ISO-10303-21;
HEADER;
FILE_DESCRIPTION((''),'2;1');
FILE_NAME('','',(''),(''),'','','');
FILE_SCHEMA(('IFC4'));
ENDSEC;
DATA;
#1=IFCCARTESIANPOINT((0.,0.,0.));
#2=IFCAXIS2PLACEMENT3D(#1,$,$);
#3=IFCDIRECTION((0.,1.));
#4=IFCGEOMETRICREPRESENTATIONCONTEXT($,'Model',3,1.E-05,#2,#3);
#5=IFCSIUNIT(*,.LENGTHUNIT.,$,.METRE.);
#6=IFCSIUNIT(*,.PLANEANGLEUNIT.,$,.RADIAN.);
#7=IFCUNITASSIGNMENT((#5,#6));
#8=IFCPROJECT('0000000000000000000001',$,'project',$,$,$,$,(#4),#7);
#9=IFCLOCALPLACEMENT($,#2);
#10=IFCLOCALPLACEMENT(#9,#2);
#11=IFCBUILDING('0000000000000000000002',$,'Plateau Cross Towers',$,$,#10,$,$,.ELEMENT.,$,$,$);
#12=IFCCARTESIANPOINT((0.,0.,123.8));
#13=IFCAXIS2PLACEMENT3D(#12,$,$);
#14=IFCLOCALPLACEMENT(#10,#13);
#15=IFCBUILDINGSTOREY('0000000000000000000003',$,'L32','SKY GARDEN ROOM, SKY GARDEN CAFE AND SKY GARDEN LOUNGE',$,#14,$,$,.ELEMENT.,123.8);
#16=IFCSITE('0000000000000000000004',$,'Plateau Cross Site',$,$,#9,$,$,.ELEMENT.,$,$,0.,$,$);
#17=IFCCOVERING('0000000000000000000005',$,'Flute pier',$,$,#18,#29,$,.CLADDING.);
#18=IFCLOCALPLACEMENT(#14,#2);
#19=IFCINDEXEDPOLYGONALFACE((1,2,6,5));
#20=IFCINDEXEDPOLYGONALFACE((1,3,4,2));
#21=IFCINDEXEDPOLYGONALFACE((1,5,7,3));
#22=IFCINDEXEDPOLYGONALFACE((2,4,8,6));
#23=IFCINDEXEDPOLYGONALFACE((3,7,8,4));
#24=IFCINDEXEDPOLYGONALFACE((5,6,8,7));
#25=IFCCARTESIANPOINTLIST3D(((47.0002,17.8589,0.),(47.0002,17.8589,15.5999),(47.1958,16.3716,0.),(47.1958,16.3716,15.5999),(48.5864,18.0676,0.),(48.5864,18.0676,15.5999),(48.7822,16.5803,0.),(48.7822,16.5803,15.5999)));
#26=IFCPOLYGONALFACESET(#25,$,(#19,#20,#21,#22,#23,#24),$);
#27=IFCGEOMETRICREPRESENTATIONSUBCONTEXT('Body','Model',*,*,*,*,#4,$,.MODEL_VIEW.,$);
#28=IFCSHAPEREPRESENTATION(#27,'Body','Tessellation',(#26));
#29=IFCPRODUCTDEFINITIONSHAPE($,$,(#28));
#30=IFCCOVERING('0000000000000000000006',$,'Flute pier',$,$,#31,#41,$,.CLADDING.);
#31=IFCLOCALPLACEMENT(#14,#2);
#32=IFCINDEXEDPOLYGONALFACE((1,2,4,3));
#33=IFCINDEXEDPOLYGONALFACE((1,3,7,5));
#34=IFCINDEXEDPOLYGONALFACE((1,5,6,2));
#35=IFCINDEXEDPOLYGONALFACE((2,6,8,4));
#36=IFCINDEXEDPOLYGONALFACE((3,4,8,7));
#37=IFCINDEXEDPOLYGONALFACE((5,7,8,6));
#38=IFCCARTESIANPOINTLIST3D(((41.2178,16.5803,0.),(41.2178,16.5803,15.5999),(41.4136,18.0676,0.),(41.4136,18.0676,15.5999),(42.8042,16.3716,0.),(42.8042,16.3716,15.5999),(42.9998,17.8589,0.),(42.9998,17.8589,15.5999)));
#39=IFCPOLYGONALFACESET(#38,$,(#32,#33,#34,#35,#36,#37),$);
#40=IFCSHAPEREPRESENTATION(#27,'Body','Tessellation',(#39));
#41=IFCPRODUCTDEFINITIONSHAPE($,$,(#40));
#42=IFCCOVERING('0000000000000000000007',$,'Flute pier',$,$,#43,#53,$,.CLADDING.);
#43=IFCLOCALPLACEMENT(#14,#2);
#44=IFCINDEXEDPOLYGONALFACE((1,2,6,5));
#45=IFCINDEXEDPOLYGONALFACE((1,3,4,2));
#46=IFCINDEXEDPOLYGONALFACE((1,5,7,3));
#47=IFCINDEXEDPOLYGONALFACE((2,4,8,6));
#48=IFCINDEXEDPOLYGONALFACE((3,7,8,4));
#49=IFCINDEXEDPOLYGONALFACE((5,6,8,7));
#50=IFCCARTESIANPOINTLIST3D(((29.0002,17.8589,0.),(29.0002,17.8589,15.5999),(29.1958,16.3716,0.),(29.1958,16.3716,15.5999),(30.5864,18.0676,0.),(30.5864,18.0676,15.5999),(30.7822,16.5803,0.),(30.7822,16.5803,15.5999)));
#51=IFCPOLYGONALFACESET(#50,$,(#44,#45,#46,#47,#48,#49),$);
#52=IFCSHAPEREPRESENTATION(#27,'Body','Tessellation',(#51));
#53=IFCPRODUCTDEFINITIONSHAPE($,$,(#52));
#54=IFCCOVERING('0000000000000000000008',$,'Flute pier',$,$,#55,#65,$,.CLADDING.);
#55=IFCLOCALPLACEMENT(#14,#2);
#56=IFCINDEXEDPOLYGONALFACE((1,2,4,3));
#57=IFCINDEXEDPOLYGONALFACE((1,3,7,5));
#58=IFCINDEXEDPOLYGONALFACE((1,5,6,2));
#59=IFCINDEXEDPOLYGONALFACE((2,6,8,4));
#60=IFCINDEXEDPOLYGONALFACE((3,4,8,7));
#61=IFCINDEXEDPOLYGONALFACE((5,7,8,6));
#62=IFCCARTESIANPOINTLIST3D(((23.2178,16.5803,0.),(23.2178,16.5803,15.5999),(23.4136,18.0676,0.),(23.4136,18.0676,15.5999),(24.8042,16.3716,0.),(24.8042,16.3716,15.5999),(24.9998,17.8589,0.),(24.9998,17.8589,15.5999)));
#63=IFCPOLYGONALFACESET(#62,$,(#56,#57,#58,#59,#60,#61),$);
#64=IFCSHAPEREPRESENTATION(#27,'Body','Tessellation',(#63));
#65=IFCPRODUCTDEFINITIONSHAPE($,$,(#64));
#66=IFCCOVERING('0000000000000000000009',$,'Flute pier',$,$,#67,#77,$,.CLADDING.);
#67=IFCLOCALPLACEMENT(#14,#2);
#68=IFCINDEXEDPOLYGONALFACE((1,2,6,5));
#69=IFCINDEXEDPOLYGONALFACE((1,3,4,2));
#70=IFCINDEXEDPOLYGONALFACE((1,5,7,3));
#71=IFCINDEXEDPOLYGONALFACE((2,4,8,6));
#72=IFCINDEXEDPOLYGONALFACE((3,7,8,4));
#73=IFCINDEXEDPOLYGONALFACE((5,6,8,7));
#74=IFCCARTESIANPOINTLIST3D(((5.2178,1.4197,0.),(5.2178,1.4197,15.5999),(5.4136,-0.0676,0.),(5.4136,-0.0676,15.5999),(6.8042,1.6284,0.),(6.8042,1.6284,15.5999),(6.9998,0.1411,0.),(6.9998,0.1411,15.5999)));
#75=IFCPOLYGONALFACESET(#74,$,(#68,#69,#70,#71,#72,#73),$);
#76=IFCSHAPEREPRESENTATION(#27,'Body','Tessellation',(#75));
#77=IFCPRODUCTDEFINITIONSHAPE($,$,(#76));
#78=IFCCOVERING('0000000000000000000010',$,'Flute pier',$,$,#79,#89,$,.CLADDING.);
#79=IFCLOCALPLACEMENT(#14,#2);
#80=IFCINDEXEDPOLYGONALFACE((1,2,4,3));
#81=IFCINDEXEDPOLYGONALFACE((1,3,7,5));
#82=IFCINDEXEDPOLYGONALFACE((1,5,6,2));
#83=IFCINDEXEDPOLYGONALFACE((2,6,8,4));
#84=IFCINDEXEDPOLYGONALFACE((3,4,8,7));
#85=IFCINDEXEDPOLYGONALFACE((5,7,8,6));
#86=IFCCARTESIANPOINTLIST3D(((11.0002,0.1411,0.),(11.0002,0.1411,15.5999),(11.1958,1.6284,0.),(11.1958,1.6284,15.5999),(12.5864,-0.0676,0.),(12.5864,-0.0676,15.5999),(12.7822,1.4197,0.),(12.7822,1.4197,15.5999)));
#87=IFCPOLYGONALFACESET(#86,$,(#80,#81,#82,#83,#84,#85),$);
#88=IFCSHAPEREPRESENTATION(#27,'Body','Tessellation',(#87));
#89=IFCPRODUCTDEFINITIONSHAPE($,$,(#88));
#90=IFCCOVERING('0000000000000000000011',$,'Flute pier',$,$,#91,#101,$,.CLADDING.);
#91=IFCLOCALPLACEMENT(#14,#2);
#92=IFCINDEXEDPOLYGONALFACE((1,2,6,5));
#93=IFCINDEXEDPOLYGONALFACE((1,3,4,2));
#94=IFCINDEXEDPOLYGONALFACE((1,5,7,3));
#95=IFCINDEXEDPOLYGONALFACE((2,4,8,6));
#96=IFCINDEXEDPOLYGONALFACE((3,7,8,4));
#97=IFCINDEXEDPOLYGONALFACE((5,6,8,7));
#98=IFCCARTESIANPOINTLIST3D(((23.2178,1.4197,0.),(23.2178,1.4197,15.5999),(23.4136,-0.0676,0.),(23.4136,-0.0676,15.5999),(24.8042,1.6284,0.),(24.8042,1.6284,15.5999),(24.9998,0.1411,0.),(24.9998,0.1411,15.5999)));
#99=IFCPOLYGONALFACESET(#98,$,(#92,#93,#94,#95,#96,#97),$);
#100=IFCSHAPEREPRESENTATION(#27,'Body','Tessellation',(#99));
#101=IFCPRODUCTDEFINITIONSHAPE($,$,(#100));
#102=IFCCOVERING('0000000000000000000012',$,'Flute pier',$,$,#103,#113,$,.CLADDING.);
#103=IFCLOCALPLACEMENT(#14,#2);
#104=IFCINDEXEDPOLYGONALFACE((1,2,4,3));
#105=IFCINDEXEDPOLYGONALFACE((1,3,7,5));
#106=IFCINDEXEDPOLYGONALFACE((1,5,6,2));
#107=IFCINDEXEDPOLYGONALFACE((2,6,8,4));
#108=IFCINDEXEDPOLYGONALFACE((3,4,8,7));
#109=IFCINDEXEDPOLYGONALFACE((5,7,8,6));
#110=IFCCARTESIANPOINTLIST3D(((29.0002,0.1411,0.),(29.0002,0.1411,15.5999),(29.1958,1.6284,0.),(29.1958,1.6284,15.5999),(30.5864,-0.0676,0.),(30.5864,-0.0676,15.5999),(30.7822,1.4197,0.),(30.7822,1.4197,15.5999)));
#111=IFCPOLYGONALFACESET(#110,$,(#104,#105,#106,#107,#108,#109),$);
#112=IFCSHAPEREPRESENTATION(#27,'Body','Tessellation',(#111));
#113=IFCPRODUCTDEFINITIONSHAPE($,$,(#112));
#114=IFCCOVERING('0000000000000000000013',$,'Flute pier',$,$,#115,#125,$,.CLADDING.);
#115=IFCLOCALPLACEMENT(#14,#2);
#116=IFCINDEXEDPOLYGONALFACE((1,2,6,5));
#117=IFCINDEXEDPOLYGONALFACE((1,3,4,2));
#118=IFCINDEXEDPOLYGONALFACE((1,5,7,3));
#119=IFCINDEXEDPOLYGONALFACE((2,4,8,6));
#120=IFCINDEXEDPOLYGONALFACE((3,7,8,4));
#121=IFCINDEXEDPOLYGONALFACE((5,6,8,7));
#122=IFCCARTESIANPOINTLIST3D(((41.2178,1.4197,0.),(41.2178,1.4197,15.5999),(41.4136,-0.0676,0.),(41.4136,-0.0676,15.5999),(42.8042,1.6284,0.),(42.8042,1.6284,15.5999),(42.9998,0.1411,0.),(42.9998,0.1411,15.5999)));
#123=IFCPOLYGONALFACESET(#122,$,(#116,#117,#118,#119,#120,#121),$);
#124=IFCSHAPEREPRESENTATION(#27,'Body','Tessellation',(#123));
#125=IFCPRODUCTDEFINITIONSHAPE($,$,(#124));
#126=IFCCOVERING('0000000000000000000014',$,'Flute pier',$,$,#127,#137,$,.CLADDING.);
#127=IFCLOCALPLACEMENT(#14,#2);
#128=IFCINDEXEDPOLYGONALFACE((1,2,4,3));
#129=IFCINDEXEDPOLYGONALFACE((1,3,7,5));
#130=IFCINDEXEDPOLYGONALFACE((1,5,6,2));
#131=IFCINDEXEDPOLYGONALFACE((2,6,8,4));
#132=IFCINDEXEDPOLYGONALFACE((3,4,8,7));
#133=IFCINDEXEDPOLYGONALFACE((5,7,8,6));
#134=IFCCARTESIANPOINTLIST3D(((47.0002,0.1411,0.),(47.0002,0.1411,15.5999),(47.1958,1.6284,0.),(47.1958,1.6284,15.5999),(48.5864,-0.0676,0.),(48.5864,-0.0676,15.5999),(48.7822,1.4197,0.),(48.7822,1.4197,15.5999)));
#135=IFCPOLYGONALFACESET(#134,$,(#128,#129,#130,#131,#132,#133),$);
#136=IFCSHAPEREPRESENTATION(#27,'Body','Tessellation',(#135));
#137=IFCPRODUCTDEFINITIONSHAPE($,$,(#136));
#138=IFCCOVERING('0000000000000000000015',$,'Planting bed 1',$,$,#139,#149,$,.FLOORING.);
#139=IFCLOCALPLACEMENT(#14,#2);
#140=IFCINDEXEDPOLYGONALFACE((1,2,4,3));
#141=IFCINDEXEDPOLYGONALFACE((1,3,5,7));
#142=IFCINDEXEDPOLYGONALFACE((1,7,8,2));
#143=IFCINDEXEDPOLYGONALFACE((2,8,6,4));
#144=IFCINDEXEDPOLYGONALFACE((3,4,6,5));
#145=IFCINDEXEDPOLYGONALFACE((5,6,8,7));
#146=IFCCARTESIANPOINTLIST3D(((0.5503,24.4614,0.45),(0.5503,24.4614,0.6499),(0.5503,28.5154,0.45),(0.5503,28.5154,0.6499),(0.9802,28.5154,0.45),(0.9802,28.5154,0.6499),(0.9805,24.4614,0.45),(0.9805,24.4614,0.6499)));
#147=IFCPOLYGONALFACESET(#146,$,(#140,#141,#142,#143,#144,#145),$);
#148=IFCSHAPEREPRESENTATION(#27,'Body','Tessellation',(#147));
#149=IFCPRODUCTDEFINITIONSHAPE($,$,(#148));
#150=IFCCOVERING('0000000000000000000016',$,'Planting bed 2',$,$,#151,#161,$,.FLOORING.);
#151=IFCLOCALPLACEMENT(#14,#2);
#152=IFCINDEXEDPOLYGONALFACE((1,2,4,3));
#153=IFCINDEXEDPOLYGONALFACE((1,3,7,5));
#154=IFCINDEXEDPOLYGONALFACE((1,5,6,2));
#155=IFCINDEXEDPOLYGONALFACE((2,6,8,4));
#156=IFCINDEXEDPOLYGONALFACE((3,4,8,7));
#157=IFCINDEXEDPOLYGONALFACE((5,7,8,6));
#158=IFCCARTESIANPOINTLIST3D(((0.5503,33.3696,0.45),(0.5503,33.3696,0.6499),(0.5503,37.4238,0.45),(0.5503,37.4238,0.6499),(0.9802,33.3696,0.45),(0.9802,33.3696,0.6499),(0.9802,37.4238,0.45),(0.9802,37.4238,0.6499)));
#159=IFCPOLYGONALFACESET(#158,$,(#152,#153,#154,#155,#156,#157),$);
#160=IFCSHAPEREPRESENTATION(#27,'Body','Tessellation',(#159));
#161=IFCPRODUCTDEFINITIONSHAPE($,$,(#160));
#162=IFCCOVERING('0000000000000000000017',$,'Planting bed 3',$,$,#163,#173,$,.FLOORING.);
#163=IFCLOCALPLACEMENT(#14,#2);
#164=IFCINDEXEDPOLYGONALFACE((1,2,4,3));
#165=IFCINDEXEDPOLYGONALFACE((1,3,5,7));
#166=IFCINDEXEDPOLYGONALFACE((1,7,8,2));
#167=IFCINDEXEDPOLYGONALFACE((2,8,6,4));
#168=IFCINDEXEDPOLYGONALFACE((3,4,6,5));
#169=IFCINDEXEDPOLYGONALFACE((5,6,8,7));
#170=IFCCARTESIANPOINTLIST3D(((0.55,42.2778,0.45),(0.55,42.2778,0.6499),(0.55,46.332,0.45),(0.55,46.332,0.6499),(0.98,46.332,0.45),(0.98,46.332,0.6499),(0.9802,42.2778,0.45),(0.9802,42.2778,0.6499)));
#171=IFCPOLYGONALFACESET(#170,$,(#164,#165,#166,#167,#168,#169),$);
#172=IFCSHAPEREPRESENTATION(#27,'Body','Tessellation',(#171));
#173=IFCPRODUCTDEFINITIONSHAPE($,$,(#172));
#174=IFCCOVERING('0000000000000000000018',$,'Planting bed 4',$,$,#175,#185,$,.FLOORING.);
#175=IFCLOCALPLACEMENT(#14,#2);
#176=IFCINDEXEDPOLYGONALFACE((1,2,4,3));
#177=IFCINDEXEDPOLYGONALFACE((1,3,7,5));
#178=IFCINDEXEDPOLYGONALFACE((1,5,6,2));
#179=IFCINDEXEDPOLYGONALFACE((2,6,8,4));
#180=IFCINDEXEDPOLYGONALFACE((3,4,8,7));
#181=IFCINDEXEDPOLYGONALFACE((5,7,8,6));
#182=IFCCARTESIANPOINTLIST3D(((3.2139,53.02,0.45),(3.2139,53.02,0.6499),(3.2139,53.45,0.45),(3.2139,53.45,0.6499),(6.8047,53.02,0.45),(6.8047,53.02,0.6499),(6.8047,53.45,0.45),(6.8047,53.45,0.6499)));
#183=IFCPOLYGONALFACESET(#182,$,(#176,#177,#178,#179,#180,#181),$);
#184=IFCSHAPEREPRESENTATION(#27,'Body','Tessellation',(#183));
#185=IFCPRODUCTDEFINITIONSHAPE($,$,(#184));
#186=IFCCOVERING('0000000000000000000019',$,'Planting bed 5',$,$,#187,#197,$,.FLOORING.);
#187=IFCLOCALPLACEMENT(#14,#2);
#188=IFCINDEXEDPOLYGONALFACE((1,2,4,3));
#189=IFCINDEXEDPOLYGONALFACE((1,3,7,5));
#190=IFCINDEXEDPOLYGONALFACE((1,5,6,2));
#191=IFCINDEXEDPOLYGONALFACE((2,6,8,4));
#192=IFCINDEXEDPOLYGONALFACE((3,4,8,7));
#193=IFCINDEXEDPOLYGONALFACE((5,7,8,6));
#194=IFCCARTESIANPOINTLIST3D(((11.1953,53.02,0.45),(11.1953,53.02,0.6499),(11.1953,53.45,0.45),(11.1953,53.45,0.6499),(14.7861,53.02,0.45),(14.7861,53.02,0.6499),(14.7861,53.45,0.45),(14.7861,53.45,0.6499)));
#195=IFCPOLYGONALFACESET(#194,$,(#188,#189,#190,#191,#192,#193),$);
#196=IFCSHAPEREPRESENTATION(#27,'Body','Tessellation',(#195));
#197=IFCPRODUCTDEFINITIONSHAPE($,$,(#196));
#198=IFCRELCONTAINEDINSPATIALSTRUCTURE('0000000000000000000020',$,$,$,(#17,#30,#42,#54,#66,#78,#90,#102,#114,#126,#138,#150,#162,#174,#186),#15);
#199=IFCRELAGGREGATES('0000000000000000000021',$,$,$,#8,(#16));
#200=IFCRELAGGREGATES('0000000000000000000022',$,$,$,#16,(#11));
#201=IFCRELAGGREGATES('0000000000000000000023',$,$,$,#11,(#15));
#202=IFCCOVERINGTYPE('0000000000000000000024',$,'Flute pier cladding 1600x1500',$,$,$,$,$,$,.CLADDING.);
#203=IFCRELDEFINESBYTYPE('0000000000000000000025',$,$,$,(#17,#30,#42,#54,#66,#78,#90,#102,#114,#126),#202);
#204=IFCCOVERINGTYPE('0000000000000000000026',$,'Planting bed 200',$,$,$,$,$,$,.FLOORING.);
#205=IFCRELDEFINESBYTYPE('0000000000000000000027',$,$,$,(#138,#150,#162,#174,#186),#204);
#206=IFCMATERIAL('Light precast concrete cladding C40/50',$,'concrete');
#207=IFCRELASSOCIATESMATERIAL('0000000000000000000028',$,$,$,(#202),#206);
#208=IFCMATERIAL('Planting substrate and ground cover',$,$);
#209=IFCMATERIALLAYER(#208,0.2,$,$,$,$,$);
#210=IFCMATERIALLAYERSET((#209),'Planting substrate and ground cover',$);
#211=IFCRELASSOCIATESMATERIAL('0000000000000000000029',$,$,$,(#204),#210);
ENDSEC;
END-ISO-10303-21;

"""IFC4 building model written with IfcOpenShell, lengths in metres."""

from ifc_helpers import new_model, si_unit, direction, frame, origin, place, context, subcontext, project, spatial, polyline, outline, extrude, material, layer, layer_set, type_object, element, save


model = new_model("IFC4")

# Units and contexts
model_context = context("Model", 3, precision=1e-05, world=origin(), true_north=direction((0.0, 1.0)))
body_context = subcontext(model_context, "Body", "Model", "MODEL_VIEW")
ifc_project = project(units=[si_unit("LENGTHUNIT", "METRE"), si_unit("PLANEANGLEUNIT", "RADIAN")], contexts=[model_context])

# Site, building, storey
site_placement = place(None, origin())
site = spatial("IfcSite", under=ifc_project, at=site_placement, Name="Plateau Cross Site", CompositionType="ELEMENT", RefElevation=0.0)
building_placement = place(site_placement, origin())
building = spatial("IfcBuilding", under=site, at=building_placement, Name="Plateau Cross Towers", CompositionType="ELEMENT")
storey_placement = place(building_placement, frame((0.0, 0.0, 123.8)))
storey = spatial("IfcBuildingStorey", under=building, at=storey_placement, Name="L32", Description="SKY GARDEN ROOM, SKY GARDEN CAFE AND SKY GARDEN LOUNGE", CompositionType="ELEMENT", Elevation=123.8)

# Coverings
ifc_material_1 = material(Name="Light precast concrete cladding C40/50", Category="concrete")
covering_type_1 = type_object("IfcCoveringType", Name="Flute pier cladding 1600x1500", PredefinedType="CLADDING", material=ifc_material_1)
covering_1_placement = place(storey_placement, origin())
element("IfcCovering", 1, at=covering_1_placement, inside=storey, type_object=covering_type_1, Name="Flute pier", PredefinedType="CLADDING", context=body_context, shape_type="SweptSolid", body=[
    extrude(outline(polyline([(48.7822, 16.5803), (47.1958, 16.3716), (47.0002, 17.8589), (48.5864, 18.0676), (48.7822, 16.5803)])), origin(), (0.0, 0.0, 1.0), 15.5999),
])
covering_2_placement = place(storey_placement, origin())
element("IfcCovering", 2, at=covering_2_placement, inside=storey, type_object=covering_type_1, Name="Flute pier", PredefinedType="CLADDING", context=body_context, shape_type="SweptSolid", body=[
    extrude(outline(polyline([(42.8042, 16.3716), (41.2178, 16.5803), (41.4136, 18.0676), (42.9998, 17.8589), (42.8042, 16.3716)])), origin(), (0.0, 0.0, 1.0), 15.5999),
])
covering_3_placement = place(storey_placement, origin())
element("IfcCovering", 3, at=covering_3_placement, inside=storey, type_object=covering_type_1, Name="Flute pier", PredefinedType="CLADDING", context=body_context, shape_type="SweptSolid", body=[
    extrude(outline(polyline([(30.7822, 16.5803), (29.1958, 16.3716), (29.0002, 17.8589), (30.5864, 18.0676), (30.7822, 16.5803)])), origin(), (0.0, 0.0, 1.0), 15.5999),
])
covering_4_placement = place(storey_placement, origin())
element("IfcCovering", 4, at=covering_4_placement, inside=storey, type_object=covering_type_1, Name="Flute pier", PredefinedType="CLADDING", context=body_context, shape_type="SweptSolid", body=[
    extrude(outline(polyline([(24.8042, 16.3716), (23.2178, 16.5803), (23.4136, 18.0676), (24.9998, 17.8589), (24.8042, 16.3716)])), origin(), (0.0, 0.0, 1.0), 15.5999),
])
covering_5_placement = place(storey_placement, origin())
element("IfcCovering", 5, at=covering_5_placement, inside=storey, type_object=covering_type_1, Name="Flute pier", PredefinedType="CLADDING", context=body_context, shape_type="SweptSolid", body=[
    extrude(outline(polyline([(5.2178, 1.4197), (6.8042, 1.6284), (6.9998, 0.1411), (5.4136, -0.0676), (5.2178, 1.4197)])), origin(), (0.0, 0.0, 1.0), 15.5999),
])
covering_6_placement = place(storey_placement, origin())
element("IfcCovering", 6, at=covering_6_placement, inside=storey, type_object=covering_type_1, Name="Flute pier", PredefinedType="CLADDING", context=body_context, shape_type="SweptSolid", body=[
    extrude(outline(polyline([(11.1958, 1.6284), (12.7822, 1.4197), (12.5864, -0.0676), (11.0002, 0.1411), (11.1958, 1.6284)])), origin(), (0.0, 0.0, 1.0), 15.5999),
])
covering_7_placement = place(storey_placement, origin())
element("IfcCovering", 7, at=covering_7_placement, inside=storey, type_object=covering_type_1, Name="Flute pier", PredefinedType="CLADDING", context=body_context, shape_type="SweptSolid", body=[
    extrude(outline(polyline([(23.2178, 1.4197), (24.8042, 1.6284), (24.9998, 0.1411), (23.4136, -0.0676), (23.2178, 1.4197)])), origin(), (0.0, 0.0, 1.0), 15.5999),
])
covering_8_placement = place(storey_placement, origin())
element("IfcCovering", 8, at=covering_8_placement, inside=storey, type_object=covering_type_1, Name="Flute pier", PredefinedType="CLADDING", context=body_context, shape_type="SweptSolid", body=[
    extrude(outline(polyline([(29.1958, 1.6284), (30.7822, 1.4197), (30.5864, -0.0676), (29.0002, 0.1411), (29.1958, 1.6284)])), origin(), (0.0, 0.0, 1.0), 15.5999),
])
covering_9_placement = place(storey_placement, origin())
element("IfcCovering", 9, at=covering_9_placement, inside=storey, type_object=covering_type_1, Name="Flute pier", PredefinedType="CLADDING", context=body_context, shape_type="SweptSolid", body=[
    extrude(outline(polyline([(41.2178, 1.4197), (42.8042, 1.6284), (42.9998, 0.1411), (41.4136, -0.0676), (41.2178, 1.4197)])), origin(), (0.0, 0.0, 1.0), 15.5999),
])
covering_10_placement = place(storey_placement, origin())
element("IfcCovering", 10, at=covering_10_placement, inside=storey, type_object=covering_type_1, Name="Flute pier", PredefinedType="CLADDING", context=body_context, shape_type="SweptSolid", body=[
    extrude(outline(polyline([(47.1958, 1.6284), (48.7822, 1.4197), (48.5864, -0.0676), (47.0002, 0.1411), (47.1958, 1.6284)])), origin(), (0.0, 0.0, 1.0), 15.5999),
])
ifc_material_2 = material(Name="Planting substrate and ground cover")
ifc_layer_1 = layer(ifc_material_2, 0.2)
ifc_layer_set_1 = layer_set([ifc_layer_1], Name="Planting substrate and ground cover")
covering_type_2 = type_object("IfcCoveringType", Name="Planting bed 200", PredefinedType="FLOORING", material=ifc_layer_set_1)
covering_11_placement = place(storey_placement, frame((0.0, 0.0, 0.45)))
element("IfcCovering", 11, at=covering_11_placement, inside=storey, type_object=covering_type_2, Name="Planting bed 1", PredefinedType="FLOORING", context=body_context, shape_type="SweptSolid", body=[
    extrude(outline(polyline([(0.5503, 28.5154), (0.9802, 28.5154), (0.9805, 24.4614), (0.5503, 24.4614), (0.5503, 28.5154)])), origin(), (0.0, 0.0, 1.0), 0.2),
])
covering_12_placement = place(storey_placement, frame((0.0, 0.0, 0.45)))
element("IfcCovering", 12, at=covering_12_placement, inside=storey, type_object=covering_type_2, Name="Planting bed 2", PredefinedType="FLOORING", context=body_context, shape_type="SweptSolid", body=[
    extrude(outline(polyline([(0.5503, 37.4238), (0.9802, 37.4238), (0.9802, 33.3696), (0.5503, 33.3696), (0.5503, 37.4238)])), origin(), (0.0, 0.0, 1.0), 0.2),
])
covering_13_placement = place(storey_placement, frame((0.0, 0.0, 0.45)))
element("IfcCovering", 13, at=covering_13_placement, inside=storey, type_object=covering_type_2, Name="Planting bed 3", PredefinedType="FLOORING", context=body_context, shape_type="SweptSolid", body=[
    extrude(outline(polyline([(0.55, 46.332), (0.98, 46.332), (0.9802, 42.2778), (0.55, 42.2778), (0.55, 46.332)])), origin(), (0.0, 0.0, 1.0), 0.2),
])
covering_14_placement = place(storey_placement, frame((0.0, 0.0, 0.45)))
element("IfcCovering", 14, at=covering_14_placement, inside=storey, type_object=covering_type_2, Name="Planting bed 4", PredefinedType="FLOORING", context=body_context, shape_type="SweptSolid", body=[
    extrude(outline(polyline([(6.8047, 53.45), (6.8047, 53.02), (3.2139, 53.02), (3.2139, 53.45), (6.8047, 53.45)])), origin(), (0.0, 0.0, 1.0), 0.2),
])
covering_15_placement = place(storey_placement, frame((0.0, 0.0, 0.45)))
element("IfcCovering", 15, at=covering_15_placement, inside=storey, type_object=covering_type_2, Name="Planting bed 5", PredefinedType="FLOORING", context=body_context, shape_type="SweptSolid", body=[
    extrude(outline(polyline([(14.7861, 53.45), (14.7861, 53.02), (11.1953, 53.02), (11.1953, 53.45), (14.7861, 53.45)])), origin(), (0.0, 0.0, 1.0), 0.2),
])

save(model, "model.ifc")
